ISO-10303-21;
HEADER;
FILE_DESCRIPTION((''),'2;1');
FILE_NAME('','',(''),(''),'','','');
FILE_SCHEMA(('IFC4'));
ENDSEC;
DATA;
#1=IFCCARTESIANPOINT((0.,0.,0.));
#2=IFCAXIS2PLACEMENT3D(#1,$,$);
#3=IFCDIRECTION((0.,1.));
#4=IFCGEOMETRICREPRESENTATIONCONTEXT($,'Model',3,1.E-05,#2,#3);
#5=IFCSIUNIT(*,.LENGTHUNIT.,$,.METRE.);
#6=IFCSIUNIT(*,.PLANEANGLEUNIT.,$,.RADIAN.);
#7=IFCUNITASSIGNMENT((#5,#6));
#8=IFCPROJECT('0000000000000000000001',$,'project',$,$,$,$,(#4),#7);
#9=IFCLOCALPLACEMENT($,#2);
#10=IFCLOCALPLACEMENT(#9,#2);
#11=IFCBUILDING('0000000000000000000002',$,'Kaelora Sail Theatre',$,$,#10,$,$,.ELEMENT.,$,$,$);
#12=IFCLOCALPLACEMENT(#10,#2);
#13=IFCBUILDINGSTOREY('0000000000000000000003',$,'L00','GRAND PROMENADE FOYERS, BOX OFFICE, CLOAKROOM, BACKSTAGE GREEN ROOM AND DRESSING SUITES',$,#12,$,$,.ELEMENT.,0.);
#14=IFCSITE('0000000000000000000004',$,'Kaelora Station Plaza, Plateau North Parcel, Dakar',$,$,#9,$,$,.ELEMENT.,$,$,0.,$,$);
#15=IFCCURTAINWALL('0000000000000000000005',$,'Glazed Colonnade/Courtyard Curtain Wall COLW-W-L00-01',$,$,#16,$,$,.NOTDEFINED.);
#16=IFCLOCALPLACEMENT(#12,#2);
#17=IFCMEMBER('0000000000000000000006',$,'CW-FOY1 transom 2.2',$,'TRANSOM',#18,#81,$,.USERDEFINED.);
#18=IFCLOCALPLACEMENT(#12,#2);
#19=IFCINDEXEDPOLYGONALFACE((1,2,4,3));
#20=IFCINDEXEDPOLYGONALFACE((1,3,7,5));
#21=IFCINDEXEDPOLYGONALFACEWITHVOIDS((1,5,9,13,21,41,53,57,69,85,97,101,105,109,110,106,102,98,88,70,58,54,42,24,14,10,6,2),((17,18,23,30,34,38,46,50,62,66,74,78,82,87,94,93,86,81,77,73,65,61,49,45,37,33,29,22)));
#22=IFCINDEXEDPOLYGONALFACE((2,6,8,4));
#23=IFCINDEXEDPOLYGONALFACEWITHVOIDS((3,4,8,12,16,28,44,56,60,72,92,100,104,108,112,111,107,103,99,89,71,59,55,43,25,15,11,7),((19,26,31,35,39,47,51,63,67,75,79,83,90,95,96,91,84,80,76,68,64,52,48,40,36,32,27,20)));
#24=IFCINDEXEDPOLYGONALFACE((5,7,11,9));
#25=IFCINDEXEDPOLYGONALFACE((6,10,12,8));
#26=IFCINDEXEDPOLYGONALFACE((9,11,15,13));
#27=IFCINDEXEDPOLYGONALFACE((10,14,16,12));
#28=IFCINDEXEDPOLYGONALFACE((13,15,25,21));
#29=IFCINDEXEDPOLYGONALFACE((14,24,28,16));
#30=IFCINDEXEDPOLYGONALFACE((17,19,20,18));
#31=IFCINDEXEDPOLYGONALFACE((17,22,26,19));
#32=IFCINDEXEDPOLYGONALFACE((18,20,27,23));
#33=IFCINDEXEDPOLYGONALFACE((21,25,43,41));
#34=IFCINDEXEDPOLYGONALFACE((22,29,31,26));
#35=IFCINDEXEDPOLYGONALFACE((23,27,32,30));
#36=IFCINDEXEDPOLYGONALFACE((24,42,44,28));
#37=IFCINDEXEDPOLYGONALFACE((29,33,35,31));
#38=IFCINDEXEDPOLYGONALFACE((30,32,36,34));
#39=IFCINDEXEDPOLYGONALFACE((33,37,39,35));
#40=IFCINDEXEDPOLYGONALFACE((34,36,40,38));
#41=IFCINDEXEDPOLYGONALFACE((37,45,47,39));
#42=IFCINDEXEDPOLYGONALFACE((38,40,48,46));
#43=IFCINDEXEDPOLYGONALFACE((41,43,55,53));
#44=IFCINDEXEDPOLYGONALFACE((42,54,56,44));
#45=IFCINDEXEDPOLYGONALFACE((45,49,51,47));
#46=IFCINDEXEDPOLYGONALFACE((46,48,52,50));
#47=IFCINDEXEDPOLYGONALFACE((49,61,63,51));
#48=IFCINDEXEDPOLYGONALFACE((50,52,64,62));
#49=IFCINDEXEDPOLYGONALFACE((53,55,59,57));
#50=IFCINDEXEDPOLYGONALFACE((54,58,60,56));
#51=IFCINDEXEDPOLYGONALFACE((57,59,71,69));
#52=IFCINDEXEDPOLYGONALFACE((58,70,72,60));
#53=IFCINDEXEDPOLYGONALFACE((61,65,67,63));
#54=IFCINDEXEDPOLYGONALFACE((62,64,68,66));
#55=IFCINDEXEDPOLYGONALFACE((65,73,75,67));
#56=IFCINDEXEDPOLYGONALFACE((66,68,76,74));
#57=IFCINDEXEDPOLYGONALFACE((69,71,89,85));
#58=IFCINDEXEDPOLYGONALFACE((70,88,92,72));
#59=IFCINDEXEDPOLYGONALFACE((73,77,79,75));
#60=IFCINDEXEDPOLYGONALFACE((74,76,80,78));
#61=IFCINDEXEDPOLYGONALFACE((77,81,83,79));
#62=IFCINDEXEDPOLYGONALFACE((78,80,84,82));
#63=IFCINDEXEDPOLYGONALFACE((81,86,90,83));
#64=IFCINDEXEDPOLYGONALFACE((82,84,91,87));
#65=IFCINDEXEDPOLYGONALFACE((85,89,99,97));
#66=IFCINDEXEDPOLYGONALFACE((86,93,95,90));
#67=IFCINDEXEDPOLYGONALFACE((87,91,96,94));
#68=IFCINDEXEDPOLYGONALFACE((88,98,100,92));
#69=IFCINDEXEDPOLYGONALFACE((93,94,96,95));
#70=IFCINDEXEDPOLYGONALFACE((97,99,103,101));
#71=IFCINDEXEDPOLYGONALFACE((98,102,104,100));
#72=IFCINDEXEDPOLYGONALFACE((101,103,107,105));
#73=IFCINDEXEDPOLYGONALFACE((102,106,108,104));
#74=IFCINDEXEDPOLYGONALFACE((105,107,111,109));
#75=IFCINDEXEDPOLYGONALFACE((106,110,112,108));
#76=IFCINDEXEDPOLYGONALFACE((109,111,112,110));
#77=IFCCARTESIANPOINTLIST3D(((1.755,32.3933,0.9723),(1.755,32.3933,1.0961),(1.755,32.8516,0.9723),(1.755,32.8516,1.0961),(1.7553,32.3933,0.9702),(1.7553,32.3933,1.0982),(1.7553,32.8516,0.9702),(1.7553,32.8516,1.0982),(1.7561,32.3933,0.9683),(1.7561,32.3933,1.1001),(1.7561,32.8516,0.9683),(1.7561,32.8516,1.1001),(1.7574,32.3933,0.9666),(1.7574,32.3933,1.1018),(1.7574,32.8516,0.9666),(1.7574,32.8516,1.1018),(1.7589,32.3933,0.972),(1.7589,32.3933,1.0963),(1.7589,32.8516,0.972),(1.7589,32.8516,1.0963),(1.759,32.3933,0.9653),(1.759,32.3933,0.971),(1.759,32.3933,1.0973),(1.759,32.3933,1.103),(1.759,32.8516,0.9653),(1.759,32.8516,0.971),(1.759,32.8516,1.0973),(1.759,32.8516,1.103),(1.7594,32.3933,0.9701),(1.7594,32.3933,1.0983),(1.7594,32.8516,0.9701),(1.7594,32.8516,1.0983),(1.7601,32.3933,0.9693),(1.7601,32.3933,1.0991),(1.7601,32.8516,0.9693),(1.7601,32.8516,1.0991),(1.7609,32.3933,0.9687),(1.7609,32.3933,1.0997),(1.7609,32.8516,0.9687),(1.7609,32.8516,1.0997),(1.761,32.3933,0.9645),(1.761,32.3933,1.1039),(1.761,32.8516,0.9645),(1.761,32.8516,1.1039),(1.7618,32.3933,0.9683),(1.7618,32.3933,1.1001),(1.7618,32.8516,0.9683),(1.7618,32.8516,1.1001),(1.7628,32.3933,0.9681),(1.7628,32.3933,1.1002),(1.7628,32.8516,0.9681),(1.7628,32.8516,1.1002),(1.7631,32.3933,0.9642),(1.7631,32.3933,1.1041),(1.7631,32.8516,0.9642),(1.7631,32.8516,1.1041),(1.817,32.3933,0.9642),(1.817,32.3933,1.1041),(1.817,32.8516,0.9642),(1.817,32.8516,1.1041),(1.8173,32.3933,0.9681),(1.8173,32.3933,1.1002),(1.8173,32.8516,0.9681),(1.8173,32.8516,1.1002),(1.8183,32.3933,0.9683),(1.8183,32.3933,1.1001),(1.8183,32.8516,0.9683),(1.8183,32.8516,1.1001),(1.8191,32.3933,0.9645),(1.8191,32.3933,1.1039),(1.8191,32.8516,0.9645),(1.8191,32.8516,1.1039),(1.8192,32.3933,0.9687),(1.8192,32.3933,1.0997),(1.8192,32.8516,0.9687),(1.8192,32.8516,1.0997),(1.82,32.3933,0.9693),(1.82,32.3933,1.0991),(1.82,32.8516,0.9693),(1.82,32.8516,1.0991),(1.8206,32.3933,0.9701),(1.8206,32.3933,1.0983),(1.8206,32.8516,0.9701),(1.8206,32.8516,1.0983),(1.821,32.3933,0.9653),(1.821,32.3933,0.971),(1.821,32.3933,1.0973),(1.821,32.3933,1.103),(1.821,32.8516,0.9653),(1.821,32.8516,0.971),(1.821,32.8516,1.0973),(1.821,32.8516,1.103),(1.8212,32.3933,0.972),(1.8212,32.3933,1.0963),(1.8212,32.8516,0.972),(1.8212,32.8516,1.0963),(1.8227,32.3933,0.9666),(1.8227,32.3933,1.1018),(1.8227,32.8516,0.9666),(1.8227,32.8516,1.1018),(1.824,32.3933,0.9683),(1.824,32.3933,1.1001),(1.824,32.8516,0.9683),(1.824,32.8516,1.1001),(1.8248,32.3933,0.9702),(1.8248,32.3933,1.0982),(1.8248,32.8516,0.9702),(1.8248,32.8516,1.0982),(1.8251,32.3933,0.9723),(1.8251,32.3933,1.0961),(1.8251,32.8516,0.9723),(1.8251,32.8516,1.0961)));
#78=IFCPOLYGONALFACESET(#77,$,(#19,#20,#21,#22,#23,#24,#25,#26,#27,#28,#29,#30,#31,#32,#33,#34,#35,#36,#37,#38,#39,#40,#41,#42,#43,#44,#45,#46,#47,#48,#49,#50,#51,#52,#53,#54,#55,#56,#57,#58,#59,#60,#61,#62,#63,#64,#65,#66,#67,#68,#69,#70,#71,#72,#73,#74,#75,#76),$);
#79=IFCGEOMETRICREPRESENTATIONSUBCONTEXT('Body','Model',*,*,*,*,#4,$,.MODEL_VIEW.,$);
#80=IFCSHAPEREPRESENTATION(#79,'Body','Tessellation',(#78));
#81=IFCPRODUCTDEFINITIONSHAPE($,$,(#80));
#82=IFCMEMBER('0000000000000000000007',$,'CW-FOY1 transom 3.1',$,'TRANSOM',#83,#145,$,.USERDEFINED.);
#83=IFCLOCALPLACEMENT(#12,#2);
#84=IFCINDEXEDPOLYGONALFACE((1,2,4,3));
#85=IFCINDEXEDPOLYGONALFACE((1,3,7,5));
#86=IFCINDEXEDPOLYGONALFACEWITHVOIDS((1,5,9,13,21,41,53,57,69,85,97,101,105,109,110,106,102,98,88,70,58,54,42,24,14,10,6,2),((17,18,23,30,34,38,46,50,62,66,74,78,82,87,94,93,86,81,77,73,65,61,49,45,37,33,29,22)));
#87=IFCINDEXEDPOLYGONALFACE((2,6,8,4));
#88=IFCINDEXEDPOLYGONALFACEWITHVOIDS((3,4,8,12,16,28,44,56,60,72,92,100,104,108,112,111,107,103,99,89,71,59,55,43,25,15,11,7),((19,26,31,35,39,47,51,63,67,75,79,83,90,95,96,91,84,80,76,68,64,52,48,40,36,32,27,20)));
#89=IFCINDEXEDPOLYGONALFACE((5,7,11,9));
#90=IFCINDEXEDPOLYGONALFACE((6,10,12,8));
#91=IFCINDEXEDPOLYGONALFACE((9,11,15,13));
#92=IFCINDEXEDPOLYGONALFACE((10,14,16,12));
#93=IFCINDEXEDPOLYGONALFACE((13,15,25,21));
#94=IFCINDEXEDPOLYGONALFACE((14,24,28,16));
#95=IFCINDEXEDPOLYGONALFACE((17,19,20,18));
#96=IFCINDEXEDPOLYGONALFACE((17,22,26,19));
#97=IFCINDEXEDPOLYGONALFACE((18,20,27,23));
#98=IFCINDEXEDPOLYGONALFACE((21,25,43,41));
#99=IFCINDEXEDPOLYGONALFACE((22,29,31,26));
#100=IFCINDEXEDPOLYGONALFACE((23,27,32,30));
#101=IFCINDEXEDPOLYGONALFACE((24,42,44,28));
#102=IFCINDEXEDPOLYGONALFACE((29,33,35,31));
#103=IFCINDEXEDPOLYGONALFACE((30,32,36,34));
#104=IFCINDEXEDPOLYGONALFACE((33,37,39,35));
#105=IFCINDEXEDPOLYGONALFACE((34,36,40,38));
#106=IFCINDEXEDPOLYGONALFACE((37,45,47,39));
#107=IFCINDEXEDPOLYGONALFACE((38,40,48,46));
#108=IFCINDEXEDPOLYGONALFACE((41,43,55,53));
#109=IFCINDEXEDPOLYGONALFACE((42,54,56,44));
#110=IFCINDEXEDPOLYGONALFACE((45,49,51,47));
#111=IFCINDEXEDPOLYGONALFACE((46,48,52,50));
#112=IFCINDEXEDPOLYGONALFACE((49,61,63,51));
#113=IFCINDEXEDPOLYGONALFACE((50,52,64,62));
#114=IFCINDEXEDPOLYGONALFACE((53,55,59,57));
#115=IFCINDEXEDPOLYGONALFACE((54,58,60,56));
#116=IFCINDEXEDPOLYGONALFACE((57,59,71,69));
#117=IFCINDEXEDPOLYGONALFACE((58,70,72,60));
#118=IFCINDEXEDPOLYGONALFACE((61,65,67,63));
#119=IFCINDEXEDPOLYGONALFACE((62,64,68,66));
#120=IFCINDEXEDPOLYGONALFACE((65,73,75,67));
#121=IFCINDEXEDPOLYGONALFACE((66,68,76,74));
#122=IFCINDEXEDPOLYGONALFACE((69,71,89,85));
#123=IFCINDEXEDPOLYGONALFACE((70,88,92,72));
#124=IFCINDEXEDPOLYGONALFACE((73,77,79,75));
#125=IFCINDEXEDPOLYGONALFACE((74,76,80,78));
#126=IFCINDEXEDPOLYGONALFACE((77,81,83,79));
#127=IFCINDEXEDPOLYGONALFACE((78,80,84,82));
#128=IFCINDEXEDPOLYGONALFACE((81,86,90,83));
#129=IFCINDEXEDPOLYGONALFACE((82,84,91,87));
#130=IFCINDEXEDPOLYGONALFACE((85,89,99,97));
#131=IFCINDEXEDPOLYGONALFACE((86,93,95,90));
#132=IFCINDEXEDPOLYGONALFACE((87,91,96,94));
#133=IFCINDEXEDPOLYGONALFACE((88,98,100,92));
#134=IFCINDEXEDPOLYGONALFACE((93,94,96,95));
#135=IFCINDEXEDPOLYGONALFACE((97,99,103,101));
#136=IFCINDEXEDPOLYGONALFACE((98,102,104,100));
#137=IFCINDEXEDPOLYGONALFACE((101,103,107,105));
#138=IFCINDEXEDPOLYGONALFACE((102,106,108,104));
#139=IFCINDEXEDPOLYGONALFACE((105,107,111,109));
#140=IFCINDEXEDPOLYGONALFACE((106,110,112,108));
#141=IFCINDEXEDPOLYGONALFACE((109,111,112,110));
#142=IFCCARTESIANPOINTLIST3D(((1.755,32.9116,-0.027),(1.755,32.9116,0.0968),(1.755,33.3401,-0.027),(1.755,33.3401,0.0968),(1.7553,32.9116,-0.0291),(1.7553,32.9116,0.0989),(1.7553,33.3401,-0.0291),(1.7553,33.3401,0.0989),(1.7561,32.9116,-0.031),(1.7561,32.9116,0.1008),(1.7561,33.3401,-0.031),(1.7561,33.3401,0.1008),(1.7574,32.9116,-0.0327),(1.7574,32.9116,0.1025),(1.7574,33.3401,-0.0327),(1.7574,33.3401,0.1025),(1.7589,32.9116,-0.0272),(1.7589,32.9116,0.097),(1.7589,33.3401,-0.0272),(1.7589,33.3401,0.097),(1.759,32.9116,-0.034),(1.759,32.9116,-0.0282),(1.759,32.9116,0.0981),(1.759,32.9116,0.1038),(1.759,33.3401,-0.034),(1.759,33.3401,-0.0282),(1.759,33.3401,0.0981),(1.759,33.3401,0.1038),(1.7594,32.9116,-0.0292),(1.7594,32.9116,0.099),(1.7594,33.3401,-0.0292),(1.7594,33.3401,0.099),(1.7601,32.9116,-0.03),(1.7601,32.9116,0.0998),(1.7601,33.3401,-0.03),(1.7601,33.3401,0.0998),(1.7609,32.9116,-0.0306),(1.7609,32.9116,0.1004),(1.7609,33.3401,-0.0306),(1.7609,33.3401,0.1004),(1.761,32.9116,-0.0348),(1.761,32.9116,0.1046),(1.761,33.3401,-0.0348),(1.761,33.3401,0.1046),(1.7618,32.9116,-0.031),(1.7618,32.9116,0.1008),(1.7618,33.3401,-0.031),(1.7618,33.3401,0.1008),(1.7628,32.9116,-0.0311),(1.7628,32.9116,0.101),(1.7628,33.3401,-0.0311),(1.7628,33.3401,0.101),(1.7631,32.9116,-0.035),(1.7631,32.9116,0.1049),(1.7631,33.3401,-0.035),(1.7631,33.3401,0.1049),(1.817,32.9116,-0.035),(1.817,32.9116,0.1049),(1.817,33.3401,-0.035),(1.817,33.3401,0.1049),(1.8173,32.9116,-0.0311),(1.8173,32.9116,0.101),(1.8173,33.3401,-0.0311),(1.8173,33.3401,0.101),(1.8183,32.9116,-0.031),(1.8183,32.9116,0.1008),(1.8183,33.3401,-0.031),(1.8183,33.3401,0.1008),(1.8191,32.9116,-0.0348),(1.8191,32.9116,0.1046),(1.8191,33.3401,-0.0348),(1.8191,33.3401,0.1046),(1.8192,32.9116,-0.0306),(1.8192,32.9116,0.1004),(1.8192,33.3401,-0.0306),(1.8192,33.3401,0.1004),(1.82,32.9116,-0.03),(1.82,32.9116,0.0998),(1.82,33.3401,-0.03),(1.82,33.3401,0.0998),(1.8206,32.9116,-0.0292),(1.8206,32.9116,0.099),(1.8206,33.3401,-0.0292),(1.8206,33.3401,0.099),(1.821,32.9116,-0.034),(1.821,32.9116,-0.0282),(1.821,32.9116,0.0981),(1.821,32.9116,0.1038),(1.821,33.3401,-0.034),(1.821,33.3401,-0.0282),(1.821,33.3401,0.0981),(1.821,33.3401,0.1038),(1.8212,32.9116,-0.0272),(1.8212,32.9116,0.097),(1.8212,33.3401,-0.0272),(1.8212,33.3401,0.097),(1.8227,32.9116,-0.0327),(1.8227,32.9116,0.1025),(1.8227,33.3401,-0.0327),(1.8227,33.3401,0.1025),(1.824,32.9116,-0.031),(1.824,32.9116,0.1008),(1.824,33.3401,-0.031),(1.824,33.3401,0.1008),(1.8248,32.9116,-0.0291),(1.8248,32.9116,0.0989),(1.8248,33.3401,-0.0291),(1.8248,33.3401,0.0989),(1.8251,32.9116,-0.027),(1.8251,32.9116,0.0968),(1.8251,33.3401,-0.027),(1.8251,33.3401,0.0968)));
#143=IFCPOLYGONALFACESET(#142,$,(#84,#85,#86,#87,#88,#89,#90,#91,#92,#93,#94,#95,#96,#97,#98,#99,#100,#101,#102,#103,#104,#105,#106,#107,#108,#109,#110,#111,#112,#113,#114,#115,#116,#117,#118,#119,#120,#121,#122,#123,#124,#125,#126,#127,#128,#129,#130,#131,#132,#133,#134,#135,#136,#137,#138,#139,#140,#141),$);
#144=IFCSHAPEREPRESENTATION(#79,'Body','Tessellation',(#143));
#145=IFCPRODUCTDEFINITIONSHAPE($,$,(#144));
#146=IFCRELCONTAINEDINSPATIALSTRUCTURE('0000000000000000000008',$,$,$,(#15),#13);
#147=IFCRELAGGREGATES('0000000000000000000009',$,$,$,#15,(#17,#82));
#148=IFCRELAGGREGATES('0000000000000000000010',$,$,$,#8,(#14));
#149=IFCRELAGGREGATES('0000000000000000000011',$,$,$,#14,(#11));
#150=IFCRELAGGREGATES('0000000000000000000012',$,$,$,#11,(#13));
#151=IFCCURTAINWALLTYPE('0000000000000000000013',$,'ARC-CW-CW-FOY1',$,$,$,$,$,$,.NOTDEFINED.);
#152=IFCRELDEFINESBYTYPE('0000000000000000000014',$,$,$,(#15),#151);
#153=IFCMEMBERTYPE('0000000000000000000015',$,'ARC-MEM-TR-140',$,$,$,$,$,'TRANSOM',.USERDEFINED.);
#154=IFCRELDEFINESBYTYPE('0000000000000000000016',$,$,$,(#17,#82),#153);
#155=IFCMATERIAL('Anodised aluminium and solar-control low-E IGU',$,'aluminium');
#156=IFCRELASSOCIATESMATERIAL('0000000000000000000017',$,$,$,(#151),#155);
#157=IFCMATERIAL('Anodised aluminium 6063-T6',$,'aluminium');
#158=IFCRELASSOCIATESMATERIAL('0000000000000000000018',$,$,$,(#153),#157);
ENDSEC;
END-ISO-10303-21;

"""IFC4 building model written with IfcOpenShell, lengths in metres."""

from ifc_helpers import new_model, si_unit, direction, frame, origin, origin_2d, place, context, subcontext, project, spatial, hollow_rectangle, extrude, material, material_profile, profile_set, type_object, element, aggregate, save


model = new_model("IFC4")

# Units and contexts
model_context = context("Model", 3, precision=1e-05, world=origin(), true_north=direction((0.0, 1.0)))
body_context = subcontext(model_context, "Body", "Model", "MODEL_VIEW")
ifc_project = project(units=[si_unit("LENGTHUNIT", "METRE"), si_unit("PLANEANGLEUNIT", "RADIAN")], contexts=[model_context])

# Site, building, storey
site_placement = place(None, origin())
site = spatial("IfcSite", under=ifc_project, at=site_placement, Name="Kaelora Station Plaza, Plateau North Parcel, Dakar", CompositionType="ELEMENT", RefElevation=0.0)
building_placement = place(site_placement, origin())
building = spatial("IfcBuilding", under=site, at=building_placement, Name="Kaelora Sail Theatre", CompositionType="ELEMENT")
storey_placement = place(building_placement, origin())
storey = spatial("IfcBuildingStorey", under=building, at=storey_placement, Name="L00", Description="GRAND PROMENADE FOYERS, BOX OFFICE, CLOAKROOM, BACKSTAGE GREEN ROOM AND DRESSING SUITES", CompositionType="ELEMENT", Elevation=0.0)

# Curtain wall
ifc_material_1 = material(Name="Anodised aluminium and solar-control low-E IGU", Category="aluminium")
curtain_wall_type = type_object("IfcCurtainWallType", Name="ARC-CW-CW-FOY1", PredefinedType="NOTDEFINED", material=ifc_material_1)
curtain_wall_1_placement = place(storey_placement, origin())
curtain_wall_1 = element("IfcCurtainWall", 1, at=curtain_wall_1_placement, inside=storey, type_object=curtain_wall_type, Name="Glazed Colonnade/Courtyard Curtain Wall COLW-W-L00-01", PredefinedType="NOTDEFINED")

# Members
ifc_material_2 = material(Name="Anodised aluminium 6063-T6", Category="aluminium")
ifc_material_profile_1 = material_profile(ifc_material_2, hollow_rectangle(XDim=0.0701, YDim=0.1399, WallThickness=0.0039, InnerFilletRadius=0.0039, OuterFilletRadius=0.0081, at=origin_2d()), Name="ALU-TRAN 70x140x4")
ifc_profile_set_1 = profile_set([ifc_material_profile_1], Name="Anodised aluminium 6063-T6")
member_type_1 = type_object("IfcMemberType", Name="ARC-MEM-TR-140", ElementType="TRANSOM", PredefinedType="USERDEFINED", material=ifc_profile_set_1)
member_1_placement = place(storey_placement, frame((1.79, 32.3933, 1.0342), z_axis=(0.0, 1.0, 0.0), x_axis=(-1.0, 0.0, 0.0)))
member_1 = element("IfcMember", 2, at=member_1_placement, type_object=member_type_1, Name="CW-FOY1 transom 2.2", ObjectType="TRANSOM", PredefinedType="USERDEFINED", context=body_context, shape_type="SweptSolid", body=[
    extrude(hollow_rectangle(XDim=0.0701, YDim=0.1399, WallThickness=0.0039, InnerFilletRadius=0.0039, OuterFilletRadius=0.0081, at=origin_2d()), origin(), (0.0, 0.0, 1.0), 0.4583),
])
member_2_placement = place(storey_placement, frame((1.79, 32.9116, 0.0349), z_axis=(0.0, 1.0, 0.0), x_axis=(-1.0, 0.0, 0.0)))
member_2 = element("IfcMember", 3, at=member_2_placement, type_object=member_type_1, Name="CW-FOY1 transom 3.1", ObjectType="TRANSOM", PredefinedType="USERDEFINED", context=body_context, shape_type="SweptSolid", body=[
    extrude(hollow_rectangle(XDim=0.0701, YDim=0.1399, WallThickness=0.0039, InnerFilletRadius=0.0039, OuterFilletRadius=0.0081, at=origin_2d()), origin(), (0.0, 0.0, 1.0), 0.4285),
])

aggregate(curtain_wall_1, [member_1, member_2])

save(model, "model.ifc")
